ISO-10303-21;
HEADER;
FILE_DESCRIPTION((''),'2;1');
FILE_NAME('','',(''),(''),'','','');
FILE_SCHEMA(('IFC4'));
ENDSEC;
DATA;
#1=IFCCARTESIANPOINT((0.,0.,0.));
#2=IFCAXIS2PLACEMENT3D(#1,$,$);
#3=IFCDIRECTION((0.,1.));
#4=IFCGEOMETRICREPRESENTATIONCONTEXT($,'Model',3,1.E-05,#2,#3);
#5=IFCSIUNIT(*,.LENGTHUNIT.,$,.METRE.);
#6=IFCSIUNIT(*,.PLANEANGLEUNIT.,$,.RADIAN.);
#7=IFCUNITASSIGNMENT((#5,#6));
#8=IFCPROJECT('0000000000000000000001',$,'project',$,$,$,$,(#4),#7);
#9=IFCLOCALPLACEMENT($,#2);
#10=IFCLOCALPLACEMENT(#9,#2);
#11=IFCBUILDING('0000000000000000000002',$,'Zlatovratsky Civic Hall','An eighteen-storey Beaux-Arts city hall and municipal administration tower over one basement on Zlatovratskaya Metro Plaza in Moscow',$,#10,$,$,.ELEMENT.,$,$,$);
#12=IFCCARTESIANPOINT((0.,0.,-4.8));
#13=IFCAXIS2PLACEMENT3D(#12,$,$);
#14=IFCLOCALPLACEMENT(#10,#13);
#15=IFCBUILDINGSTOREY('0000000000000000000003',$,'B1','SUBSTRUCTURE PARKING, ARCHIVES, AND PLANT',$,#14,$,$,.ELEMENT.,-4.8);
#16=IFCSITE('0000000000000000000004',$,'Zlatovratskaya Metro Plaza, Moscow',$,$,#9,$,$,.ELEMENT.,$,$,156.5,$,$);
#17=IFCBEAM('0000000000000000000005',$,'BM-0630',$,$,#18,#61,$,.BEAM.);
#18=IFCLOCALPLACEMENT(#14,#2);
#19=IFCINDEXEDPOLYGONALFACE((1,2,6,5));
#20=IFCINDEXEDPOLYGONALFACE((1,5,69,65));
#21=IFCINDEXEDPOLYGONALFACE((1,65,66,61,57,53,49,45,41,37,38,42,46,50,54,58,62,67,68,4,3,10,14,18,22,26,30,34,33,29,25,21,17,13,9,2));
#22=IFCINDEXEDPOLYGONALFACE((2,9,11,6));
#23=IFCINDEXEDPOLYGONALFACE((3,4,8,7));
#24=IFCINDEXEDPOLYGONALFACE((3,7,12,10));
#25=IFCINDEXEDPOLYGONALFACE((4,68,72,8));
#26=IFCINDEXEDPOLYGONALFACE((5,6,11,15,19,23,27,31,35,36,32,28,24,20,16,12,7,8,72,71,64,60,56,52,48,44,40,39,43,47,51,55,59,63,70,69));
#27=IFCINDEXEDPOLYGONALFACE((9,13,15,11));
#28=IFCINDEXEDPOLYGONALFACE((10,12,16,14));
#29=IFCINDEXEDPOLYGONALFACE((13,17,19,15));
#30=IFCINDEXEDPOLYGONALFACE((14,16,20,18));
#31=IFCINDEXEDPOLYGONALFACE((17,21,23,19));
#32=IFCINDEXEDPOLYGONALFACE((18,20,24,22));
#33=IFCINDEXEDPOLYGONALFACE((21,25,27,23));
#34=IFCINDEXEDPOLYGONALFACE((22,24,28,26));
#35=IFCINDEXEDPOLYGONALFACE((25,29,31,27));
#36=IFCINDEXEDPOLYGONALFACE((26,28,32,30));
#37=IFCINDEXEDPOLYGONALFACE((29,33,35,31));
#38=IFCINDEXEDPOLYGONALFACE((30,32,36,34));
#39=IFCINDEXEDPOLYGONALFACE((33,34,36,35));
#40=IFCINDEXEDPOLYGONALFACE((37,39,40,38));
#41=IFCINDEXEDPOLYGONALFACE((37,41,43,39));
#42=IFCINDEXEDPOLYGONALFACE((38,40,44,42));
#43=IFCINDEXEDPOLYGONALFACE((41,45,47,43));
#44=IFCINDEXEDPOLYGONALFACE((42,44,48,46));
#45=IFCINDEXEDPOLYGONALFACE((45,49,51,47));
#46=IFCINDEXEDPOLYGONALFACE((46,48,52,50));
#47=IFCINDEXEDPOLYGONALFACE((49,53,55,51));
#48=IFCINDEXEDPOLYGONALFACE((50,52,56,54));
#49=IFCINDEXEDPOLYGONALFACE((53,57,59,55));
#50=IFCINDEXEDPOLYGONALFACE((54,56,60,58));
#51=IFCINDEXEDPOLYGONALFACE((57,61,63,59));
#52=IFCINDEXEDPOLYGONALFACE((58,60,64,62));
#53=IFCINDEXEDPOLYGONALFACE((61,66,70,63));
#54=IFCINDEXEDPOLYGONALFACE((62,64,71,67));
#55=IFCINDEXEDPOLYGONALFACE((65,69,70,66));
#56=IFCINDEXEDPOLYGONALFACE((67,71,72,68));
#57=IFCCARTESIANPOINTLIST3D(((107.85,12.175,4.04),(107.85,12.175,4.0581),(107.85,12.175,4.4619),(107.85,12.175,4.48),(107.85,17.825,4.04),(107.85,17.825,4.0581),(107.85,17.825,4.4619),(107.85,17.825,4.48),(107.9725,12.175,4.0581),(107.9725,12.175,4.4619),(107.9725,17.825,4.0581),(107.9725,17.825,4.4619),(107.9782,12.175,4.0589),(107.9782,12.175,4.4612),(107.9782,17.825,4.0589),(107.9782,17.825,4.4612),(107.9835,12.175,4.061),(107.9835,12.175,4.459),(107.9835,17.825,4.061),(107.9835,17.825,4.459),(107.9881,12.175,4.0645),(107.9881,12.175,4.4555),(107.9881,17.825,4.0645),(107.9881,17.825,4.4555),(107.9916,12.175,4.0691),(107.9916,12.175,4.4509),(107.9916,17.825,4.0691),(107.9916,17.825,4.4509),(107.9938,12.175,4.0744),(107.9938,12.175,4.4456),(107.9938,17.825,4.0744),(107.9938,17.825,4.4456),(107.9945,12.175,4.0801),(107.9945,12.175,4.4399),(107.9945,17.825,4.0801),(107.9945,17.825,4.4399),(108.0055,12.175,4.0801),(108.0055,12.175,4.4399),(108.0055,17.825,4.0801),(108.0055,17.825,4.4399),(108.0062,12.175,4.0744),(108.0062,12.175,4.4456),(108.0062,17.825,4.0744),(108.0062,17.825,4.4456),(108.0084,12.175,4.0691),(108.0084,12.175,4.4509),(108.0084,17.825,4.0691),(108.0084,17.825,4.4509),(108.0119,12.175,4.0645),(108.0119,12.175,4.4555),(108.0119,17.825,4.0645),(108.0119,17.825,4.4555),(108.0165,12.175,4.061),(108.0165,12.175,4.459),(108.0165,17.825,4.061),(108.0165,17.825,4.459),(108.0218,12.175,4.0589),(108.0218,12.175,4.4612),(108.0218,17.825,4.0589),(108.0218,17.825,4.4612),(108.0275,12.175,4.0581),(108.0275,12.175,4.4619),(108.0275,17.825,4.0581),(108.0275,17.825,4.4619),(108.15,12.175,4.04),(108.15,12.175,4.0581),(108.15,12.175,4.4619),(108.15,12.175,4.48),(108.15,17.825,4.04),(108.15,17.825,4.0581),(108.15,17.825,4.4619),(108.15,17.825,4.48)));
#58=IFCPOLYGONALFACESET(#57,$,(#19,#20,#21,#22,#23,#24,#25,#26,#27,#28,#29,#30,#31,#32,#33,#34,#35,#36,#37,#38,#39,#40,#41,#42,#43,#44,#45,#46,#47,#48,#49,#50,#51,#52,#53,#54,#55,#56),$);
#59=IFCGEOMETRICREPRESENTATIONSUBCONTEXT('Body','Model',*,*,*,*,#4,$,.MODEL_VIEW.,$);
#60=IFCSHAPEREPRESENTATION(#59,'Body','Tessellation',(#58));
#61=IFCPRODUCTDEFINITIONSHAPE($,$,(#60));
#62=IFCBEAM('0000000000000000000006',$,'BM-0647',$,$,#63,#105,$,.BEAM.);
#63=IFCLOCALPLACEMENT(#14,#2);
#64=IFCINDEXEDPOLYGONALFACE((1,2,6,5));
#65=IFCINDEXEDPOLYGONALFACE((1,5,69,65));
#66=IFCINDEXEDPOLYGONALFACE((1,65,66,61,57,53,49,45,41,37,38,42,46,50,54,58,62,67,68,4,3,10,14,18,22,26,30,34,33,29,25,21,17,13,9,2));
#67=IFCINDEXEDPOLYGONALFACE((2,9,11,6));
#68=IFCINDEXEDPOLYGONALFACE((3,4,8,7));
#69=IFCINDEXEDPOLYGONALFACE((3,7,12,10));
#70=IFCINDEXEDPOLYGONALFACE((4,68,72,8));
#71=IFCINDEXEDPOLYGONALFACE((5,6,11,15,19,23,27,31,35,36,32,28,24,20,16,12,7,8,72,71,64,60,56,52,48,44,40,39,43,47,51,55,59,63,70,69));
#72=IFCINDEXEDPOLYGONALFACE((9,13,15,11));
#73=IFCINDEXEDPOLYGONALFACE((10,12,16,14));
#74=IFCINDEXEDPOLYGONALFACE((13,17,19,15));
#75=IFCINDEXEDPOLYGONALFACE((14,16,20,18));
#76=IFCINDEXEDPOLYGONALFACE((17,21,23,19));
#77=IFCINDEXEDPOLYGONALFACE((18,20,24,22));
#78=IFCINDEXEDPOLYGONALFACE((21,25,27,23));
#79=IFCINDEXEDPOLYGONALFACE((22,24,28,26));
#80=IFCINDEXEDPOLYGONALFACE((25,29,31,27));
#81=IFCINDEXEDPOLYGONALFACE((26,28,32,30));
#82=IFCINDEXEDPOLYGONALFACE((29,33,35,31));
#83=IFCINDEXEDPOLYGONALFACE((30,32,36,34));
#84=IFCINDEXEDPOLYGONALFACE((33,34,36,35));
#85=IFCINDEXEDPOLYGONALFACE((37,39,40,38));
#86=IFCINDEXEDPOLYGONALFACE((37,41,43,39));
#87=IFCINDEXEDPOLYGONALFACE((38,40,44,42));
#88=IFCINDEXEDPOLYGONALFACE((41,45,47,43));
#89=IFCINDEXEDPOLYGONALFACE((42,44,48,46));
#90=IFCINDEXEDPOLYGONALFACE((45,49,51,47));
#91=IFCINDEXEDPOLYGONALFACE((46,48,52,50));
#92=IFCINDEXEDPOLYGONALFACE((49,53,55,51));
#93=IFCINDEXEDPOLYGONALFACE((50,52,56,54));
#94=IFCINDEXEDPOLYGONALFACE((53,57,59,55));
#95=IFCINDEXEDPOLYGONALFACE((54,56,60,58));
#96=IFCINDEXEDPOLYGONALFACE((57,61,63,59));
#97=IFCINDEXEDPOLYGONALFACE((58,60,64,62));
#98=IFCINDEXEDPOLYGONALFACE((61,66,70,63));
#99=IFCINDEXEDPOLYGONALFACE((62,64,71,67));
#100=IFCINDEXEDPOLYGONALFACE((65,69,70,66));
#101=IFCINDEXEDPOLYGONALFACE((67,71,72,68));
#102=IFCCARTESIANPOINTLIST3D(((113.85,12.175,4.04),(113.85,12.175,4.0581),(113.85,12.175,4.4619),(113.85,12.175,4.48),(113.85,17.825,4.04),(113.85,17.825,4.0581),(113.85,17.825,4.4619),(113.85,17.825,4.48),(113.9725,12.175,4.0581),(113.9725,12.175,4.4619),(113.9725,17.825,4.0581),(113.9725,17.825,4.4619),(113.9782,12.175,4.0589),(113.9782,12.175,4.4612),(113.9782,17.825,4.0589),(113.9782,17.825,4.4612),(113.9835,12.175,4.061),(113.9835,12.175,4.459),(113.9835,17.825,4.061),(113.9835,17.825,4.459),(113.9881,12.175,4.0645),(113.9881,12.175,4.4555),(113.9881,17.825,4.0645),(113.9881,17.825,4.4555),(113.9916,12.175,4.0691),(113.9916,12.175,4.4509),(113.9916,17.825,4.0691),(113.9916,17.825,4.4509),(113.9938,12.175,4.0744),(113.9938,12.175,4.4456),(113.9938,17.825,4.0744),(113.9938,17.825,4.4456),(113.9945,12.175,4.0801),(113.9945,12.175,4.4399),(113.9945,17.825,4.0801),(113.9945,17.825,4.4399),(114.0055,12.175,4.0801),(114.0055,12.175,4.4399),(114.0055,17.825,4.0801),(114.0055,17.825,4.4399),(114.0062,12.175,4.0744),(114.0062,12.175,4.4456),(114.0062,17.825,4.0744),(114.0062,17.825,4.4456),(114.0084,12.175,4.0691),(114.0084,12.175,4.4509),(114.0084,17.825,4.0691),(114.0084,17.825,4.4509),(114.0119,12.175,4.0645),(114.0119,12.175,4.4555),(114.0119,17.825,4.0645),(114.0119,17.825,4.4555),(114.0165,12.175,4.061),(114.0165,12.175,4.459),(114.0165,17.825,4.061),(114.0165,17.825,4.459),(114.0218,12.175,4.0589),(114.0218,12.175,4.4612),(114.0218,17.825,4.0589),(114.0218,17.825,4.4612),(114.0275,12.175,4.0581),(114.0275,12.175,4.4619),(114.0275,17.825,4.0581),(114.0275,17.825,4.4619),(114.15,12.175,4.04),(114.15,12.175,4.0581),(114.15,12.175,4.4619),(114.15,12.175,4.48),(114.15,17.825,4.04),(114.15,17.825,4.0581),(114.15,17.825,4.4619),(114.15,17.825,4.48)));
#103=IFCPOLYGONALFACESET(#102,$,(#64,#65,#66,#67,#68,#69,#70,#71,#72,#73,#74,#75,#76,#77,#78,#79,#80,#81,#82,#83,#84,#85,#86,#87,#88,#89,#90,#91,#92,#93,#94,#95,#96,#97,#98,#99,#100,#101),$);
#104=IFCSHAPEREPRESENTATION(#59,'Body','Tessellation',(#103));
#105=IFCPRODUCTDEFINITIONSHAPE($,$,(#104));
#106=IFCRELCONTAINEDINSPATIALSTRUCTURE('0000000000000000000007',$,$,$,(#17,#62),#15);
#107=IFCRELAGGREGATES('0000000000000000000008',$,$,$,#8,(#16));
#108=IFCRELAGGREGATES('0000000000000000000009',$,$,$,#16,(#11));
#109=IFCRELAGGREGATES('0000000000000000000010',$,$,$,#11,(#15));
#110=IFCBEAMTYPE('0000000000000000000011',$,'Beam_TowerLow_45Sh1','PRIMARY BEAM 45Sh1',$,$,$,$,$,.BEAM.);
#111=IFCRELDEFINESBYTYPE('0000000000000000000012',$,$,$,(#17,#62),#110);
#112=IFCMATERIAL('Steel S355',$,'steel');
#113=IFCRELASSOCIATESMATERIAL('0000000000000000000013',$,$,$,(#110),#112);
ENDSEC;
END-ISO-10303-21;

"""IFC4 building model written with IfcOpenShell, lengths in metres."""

from ifc_helpers import new_model, si_unit, direction, frame, origin, origin_2d, place, context, subcontext, project, spatial, i_section, extrude, material, material_profile, profile_set, type_object, element, save


model = new_model("IFC4")

# Units and contexts
model_context = context("Model", 3, precision=1e-05, world=origin(), true_north=direction((0.0, 1.0)))
body_context = subcontext(model_context, "Body", "Model", "MODEL_VIEW")
ifc_project = project(units=[si_unit("LENGTHUNIT", "METRE"), si_unit("PLANEANGLEUNIT", "RADIAN")], contexts=[model_context])

# Site, building, storey
site_placement = place(None, origin())
site = spatial("IfcSite", under=ifc_project, at=site_placement, Name="Zlatovratskaya Metro Plaza, Moscow", CompositionType="ELEMENT", RefElevation=156.5)
building_placement = place(site_placement, origin())
building = spatial("IfcBuilding", under=site, at=building_placement, Name="Zlatovratsky Civic Hall", Description="An eighteen-storey Beaux-Arts city hall and municipal administration tower over one basement on Zlatovratskaya Metro Plaza in Moscow", CompositionType="ELEMENT")
storey_placement = place(building_placement, frame((0.0, 0.0, -4.8)))
storey = spatial("IfcBuildingStorey", under=building, at=storey_placement, Name="B1", Description="SUBSTRUCTURE PARKING, ARCHIVES, AND PLANT", CompositionType="ELEMENT", Elevation=-4.8)

# Shared definitions
ifc_material_1 = material(Name="Steel S355", Category="steel")

# Beams
ifc_material_profile_1 = material_profile(ifc_material_1, i_section(OverallWidth=0.3, OverallDepth=0.4399, WebThickness=0.011, FlangeThickness=0.0181, FilletRadius=0.022, at=origin_2d()), Name="45Sh1")
ifc_profile_set_1 = profile_set([ifc_material_profile_1], Name="Steel S355")
beam_type_1 = type_object("IfcBeamType", Name="Beam_TowerLow_45Sh1", Description="PRIMARY BEAM 45Sh1", PredefinedType="BEAM", material=ifc_profile_set_1)
for number, where, z_axis, x_axis, name in (
    (1, (108.0, 12.175, 4.26), (0.0, 1.0, 0.0), (-1.0, 0.0, 0.0), "BM-0630"),
    (2, (114.0, 12.175, 4.26), (0.0, 1.0, 0.0), (-1.0, 0.0, 0.0), "BM-0647"),
):
    element("IfcBeam", number, at=place(storey_placement, frame(where, z_axis=z_axis, x_axis=x_axis)), inside=storey, type_object=beam_type_1, Name=name, PredefinedType="BEAM", context=body_context, shape_type="SweptSolid", body=[
        extrude(i_section(OverallWidth=0.3, OverallDepth=0.4399, WebThickness=0.011, FlangeThickness=0.0181, FilletRadius=0.022, at=origin_2d()), origin(), (0.0, 0.0, 1.0), 5.6499),
    ])

save(model, "model.ifc")
